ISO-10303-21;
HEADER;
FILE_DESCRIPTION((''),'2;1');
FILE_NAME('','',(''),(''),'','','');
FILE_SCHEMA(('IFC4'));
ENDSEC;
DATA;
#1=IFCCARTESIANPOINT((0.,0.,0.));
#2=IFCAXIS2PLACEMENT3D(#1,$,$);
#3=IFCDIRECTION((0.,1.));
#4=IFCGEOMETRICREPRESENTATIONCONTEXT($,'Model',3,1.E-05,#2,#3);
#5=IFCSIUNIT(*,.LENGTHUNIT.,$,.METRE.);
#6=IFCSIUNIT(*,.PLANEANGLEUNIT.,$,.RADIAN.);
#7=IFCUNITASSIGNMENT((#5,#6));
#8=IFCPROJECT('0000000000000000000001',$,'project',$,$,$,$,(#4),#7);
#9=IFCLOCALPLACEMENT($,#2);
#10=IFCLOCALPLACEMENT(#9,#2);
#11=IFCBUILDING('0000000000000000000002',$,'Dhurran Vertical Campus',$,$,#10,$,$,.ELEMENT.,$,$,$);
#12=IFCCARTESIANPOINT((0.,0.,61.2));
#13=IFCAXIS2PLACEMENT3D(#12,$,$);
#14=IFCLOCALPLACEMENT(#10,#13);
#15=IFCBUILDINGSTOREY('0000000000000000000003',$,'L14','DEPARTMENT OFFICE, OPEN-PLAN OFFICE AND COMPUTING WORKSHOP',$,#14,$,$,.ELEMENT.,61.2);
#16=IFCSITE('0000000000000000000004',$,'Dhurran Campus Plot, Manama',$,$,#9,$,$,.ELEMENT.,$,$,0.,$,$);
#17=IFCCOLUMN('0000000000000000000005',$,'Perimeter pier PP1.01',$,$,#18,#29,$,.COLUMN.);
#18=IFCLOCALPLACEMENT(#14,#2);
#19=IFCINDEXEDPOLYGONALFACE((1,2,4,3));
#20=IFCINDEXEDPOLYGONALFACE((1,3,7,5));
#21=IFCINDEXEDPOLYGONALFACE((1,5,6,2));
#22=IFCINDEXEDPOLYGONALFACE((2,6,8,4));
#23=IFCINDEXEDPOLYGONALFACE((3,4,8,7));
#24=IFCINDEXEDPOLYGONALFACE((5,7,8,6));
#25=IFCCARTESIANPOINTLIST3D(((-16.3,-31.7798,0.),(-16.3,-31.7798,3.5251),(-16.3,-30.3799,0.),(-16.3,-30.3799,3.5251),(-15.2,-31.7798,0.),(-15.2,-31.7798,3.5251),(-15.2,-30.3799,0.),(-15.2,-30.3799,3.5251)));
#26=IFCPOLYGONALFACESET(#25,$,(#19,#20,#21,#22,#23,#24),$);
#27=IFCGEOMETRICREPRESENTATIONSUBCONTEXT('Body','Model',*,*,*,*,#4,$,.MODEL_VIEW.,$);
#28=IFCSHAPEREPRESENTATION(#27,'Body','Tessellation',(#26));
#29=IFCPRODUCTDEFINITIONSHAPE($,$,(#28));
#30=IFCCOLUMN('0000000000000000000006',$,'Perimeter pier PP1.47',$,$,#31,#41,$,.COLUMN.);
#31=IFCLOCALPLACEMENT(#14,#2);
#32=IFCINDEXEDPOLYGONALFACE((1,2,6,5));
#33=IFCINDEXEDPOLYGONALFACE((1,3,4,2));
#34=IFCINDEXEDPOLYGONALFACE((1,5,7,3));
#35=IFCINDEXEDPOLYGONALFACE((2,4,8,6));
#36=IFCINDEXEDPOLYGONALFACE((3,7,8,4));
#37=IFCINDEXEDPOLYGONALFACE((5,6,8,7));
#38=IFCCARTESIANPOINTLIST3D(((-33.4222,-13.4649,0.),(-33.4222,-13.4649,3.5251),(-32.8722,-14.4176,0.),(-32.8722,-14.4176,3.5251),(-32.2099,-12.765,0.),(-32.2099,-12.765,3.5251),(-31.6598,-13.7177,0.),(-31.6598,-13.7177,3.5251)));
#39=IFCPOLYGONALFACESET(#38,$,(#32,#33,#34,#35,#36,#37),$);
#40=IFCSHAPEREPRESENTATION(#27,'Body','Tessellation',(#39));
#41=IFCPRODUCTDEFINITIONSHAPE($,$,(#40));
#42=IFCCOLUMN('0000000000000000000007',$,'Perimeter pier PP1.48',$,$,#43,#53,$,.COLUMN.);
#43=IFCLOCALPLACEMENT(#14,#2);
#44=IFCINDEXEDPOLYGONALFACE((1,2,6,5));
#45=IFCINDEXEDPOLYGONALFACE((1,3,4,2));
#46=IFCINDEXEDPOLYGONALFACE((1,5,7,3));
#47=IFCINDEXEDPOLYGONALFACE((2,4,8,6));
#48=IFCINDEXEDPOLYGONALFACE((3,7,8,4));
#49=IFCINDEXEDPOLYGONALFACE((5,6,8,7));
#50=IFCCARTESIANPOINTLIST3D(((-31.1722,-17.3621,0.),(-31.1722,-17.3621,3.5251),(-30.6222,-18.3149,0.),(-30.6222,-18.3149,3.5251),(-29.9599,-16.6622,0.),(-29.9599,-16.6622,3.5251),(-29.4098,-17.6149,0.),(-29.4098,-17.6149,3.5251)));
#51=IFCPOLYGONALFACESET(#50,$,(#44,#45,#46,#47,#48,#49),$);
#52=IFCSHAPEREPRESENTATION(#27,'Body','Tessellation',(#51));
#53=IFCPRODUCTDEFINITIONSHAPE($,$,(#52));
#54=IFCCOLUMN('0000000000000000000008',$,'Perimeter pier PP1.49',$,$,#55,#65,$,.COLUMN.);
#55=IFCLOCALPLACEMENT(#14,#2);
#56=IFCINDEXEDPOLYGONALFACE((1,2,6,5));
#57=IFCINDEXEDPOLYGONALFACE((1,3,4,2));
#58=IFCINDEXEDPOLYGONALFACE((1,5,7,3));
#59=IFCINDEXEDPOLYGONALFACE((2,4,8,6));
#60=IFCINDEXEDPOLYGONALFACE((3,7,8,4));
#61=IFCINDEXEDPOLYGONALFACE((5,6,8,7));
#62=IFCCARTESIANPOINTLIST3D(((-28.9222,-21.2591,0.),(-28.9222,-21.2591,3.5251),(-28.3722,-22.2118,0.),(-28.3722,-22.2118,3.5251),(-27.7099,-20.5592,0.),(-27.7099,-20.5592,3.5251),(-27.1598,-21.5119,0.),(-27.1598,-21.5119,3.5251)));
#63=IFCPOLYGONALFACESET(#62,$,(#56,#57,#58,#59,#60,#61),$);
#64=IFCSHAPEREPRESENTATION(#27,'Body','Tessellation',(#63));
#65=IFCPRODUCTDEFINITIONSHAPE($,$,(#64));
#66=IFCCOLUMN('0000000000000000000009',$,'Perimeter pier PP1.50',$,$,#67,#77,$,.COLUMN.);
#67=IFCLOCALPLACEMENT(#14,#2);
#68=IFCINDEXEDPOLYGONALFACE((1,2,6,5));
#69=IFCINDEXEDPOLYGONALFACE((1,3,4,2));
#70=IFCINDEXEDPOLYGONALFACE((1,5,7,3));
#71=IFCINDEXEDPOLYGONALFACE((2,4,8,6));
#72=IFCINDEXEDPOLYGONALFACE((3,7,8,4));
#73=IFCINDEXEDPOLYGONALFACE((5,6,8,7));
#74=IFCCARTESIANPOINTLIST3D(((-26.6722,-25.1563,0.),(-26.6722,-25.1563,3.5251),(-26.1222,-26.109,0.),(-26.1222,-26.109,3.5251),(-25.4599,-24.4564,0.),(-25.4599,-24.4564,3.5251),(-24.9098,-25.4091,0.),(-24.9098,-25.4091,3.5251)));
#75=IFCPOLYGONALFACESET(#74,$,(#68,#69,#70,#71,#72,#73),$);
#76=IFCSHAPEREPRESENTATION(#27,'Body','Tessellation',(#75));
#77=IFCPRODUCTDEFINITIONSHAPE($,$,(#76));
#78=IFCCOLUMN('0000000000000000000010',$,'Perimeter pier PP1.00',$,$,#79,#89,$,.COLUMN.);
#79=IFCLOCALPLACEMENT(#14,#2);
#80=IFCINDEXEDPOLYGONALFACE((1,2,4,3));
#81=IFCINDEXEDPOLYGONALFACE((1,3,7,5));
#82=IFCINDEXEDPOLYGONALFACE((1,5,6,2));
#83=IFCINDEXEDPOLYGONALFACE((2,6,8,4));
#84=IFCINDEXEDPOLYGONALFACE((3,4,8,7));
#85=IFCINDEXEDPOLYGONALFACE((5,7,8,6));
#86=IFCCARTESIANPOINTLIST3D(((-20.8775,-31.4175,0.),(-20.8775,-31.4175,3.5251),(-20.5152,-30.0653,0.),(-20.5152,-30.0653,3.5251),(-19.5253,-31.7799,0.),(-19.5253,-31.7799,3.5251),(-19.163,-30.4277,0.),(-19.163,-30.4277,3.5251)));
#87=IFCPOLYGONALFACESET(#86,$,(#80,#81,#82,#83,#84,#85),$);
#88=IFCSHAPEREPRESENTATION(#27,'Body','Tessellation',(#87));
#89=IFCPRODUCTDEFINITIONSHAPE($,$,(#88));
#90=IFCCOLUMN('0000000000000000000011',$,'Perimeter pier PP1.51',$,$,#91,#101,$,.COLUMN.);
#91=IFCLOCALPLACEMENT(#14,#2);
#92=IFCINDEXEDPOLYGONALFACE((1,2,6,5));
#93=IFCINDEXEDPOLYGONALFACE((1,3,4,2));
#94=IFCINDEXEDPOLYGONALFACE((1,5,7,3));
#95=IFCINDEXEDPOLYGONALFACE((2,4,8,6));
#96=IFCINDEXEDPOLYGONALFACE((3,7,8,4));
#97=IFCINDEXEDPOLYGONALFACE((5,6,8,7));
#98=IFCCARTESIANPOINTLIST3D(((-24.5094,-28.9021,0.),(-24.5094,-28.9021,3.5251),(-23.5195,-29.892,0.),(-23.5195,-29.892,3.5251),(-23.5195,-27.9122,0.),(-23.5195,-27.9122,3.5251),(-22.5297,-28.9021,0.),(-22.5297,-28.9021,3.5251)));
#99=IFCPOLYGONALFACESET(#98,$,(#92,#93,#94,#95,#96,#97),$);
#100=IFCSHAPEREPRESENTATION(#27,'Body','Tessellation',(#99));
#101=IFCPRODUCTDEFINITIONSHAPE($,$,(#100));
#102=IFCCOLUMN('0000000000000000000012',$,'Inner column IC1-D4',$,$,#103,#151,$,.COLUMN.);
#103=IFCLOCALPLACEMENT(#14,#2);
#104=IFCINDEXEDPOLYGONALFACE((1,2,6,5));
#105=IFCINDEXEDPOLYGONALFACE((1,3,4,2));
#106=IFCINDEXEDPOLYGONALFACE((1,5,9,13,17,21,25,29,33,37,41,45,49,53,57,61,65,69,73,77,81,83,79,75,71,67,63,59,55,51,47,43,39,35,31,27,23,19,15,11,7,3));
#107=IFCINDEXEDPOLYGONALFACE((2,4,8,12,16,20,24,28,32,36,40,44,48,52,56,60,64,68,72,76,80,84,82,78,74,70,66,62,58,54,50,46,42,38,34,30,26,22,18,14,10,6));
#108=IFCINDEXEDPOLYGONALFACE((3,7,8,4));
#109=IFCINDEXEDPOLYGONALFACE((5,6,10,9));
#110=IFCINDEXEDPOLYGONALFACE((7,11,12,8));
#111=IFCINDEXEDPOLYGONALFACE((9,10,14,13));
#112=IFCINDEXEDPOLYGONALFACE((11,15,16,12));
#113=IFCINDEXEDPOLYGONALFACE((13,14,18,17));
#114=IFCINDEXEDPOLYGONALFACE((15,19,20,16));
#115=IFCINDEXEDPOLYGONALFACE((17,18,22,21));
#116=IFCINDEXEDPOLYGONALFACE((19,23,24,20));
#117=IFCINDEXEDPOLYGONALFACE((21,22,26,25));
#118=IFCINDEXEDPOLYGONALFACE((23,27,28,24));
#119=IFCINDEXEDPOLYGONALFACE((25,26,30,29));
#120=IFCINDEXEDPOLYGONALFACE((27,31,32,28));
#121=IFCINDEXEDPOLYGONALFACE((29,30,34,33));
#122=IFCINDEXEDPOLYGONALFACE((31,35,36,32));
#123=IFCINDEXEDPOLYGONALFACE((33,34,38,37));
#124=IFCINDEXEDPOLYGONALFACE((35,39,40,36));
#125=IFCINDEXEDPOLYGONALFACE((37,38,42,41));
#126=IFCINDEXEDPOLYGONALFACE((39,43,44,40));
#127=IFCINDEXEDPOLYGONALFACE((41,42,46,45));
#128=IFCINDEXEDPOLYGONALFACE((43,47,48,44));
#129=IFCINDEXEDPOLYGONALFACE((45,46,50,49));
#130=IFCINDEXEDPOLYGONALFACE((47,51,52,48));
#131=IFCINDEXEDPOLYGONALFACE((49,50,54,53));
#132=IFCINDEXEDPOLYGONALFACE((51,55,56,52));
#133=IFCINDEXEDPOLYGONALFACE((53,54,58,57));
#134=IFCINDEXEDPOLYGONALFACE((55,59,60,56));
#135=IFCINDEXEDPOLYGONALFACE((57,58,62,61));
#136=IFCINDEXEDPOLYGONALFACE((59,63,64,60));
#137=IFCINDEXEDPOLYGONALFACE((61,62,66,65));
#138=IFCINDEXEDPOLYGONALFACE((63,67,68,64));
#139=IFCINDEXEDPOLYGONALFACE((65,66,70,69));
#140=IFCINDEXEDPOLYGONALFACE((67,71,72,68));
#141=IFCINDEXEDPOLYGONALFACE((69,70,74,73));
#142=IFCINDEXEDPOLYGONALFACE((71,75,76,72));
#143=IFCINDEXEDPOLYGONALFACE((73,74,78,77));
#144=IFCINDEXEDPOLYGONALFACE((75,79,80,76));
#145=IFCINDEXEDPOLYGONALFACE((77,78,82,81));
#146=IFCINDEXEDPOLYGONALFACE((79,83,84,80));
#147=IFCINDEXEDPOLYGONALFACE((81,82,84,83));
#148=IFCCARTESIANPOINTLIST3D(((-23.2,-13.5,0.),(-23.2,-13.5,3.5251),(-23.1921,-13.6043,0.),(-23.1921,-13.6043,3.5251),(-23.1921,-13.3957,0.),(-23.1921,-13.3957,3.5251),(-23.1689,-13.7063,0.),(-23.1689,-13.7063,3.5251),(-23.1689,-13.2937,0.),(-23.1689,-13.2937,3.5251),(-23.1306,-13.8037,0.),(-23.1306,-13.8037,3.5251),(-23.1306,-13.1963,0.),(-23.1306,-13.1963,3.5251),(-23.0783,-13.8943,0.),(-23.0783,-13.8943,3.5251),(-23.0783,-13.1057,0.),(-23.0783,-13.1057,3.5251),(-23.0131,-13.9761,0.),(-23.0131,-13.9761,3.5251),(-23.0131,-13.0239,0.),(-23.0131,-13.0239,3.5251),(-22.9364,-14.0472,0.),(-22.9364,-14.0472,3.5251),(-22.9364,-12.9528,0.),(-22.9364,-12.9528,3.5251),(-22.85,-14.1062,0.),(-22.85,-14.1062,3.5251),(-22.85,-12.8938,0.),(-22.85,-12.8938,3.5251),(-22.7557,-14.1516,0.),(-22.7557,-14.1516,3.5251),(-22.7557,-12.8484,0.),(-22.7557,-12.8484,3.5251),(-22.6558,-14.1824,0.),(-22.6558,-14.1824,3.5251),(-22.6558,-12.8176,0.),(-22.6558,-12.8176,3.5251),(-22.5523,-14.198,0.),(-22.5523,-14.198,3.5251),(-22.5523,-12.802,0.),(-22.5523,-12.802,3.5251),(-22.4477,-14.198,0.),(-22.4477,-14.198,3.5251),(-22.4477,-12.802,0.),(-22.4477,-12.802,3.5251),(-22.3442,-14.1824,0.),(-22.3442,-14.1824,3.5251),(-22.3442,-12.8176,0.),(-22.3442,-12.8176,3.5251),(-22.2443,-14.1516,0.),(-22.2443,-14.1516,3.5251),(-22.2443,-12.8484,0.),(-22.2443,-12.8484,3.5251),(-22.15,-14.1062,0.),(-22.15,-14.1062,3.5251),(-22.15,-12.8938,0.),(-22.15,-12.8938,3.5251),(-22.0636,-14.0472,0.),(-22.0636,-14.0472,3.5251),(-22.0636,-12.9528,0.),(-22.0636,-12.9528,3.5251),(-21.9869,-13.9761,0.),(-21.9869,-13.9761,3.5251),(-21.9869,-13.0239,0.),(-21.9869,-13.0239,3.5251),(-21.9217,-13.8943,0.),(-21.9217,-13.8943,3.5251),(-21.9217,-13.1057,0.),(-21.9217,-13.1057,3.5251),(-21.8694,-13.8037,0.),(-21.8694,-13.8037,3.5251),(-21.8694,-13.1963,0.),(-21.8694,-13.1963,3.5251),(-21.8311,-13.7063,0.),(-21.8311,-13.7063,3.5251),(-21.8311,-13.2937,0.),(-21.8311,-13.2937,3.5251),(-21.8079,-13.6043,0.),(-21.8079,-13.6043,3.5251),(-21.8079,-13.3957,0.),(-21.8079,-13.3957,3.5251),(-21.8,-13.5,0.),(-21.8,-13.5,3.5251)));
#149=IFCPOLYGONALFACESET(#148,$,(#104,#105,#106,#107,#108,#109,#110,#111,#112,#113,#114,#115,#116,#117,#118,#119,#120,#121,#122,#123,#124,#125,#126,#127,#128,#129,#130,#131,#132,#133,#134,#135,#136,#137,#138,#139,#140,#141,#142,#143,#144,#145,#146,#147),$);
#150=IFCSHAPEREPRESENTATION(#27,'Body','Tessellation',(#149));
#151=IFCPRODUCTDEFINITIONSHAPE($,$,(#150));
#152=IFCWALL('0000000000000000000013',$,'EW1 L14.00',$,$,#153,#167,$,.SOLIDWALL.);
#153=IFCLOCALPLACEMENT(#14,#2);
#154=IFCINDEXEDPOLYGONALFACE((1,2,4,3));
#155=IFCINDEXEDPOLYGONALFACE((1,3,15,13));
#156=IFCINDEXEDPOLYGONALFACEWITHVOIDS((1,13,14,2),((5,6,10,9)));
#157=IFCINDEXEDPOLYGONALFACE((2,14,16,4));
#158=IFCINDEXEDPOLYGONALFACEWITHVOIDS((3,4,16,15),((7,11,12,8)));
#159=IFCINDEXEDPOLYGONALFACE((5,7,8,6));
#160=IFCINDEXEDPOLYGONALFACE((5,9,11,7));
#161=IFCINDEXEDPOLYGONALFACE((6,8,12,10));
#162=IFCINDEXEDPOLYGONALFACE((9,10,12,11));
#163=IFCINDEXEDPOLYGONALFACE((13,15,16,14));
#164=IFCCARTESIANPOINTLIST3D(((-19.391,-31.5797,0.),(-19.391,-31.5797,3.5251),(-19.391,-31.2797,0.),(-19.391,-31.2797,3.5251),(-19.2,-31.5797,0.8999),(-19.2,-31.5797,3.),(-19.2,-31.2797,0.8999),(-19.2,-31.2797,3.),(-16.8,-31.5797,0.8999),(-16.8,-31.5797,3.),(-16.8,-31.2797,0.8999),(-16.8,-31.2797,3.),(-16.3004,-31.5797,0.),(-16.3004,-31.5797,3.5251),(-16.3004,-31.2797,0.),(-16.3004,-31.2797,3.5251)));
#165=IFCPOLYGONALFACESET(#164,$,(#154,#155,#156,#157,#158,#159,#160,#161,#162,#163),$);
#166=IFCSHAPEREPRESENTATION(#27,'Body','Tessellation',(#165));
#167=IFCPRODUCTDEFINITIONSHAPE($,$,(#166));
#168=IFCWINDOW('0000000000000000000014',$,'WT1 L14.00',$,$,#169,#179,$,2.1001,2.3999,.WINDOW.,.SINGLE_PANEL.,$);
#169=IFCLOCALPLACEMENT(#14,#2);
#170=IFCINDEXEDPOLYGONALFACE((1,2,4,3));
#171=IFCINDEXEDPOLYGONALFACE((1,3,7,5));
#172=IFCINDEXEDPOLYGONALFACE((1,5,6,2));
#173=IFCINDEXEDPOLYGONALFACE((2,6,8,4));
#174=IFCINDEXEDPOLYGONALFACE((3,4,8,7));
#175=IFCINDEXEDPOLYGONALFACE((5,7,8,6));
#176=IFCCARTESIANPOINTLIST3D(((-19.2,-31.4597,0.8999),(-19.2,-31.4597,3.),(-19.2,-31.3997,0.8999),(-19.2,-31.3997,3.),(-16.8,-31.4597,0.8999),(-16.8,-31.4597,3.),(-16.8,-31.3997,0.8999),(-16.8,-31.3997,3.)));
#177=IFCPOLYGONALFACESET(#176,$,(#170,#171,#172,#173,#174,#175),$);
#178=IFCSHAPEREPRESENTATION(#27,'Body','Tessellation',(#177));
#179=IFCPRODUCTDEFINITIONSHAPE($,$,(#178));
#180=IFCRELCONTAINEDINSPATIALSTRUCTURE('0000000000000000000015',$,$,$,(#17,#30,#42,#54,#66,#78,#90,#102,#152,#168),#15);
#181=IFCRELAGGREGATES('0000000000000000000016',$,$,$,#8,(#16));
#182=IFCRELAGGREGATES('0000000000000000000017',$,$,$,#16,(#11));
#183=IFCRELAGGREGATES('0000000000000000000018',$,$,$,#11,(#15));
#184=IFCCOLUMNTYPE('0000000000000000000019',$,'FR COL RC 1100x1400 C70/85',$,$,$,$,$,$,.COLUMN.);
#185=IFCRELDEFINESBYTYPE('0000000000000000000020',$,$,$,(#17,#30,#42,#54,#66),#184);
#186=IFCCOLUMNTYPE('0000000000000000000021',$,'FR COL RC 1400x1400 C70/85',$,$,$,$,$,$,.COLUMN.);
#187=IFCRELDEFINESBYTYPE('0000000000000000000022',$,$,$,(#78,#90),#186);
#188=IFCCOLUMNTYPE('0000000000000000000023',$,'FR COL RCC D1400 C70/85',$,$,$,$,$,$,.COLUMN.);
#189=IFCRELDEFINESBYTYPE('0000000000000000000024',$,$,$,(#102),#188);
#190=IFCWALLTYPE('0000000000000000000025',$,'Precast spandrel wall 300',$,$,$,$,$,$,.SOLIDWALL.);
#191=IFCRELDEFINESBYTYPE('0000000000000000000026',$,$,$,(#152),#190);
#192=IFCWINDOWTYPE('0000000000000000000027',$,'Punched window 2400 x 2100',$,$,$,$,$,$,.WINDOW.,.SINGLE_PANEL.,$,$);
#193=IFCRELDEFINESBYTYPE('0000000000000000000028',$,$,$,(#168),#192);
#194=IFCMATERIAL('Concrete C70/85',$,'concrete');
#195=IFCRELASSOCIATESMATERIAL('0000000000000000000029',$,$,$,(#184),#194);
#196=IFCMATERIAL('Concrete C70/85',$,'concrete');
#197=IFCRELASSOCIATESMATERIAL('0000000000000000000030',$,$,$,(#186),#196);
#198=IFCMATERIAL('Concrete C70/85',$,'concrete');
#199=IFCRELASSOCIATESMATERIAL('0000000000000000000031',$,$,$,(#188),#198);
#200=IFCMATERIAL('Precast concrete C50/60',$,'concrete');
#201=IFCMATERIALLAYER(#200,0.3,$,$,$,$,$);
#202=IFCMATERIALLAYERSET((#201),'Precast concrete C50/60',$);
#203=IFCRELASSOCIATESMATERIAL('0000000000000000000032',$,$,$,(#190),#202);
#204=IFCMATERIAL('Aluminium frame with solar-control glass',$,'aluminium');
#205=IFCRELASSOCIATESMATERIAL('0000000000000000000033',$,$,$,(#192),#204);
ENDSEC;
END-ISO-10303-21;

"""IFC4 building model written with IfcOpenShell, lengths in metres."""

from ifc_helpers import new_model, si_unit, direction, frame, frame_2d, origin, origin_2d, place, context, subcontext, project, spatial, rectangle, circle, extrude, material, layer, layer_set, material_profile, profile_set, type_object, element, fill, save


model = new_model("IFC4")

# Units and contexts
model_context = context("Model", 3, precision=1e-05, world=origin(), true_north=direction((0.0, 1.0)))
body_context = subcontext(model_context, "Body", "Model", "MODEL_VIEW")
ifc_project = project(units=[si_unit("LENGTHUNIT", "METRE"), si_unit("PLANEANGLEUNIT", "RADIAN")], contexts=[model_context])

# Site, building, storey
site_placement = place(None, origin())
site = spatial("IfcSite", under=ifc_project, at=site_placement, Name="Dhurran Campus Plot, Manama", CompositionType="ELEMENT", RefElevation=0.0)
building_placement = place(site_placement, origin())
building = spatial("IfcBuilding", under=site, at=building_placement, Name="Dhurran Vertical Campus", CompositionType="ELEMENT")
storey_placement = place(building_placement, frame((0.0, 0.0, 61.2)))
storey = spatial("IfcBuildingStorey", under=building, at=storey_placement, Name="L14", Description="DEPARTMENT OFFICE, OPEN-PLAN OFFICE AND COMPUTING WORKSHOP", CompositionType="ELEMENT", Elevation=61.2)

# Columns
ifc_material_1 = material(Name="Concrete C70/85", Category="concrete")
ifc_material_profile_1 = material_profile(ifc_material_1, rectangle(XDim=1.1001, YDim=1.3999, at=origin_2d()), Name="RC 1100x1400")
ifc_profile_set_1 = profile_set([ifc_material_profile_1], Name="Concrete C70/85")
column_type_1 = type_object("IfcColumnType", Name="FR COL RC 1100x1400 C70/85", PredefinedType="COLUMN", material=ifc_profile_set_1)
for number, where, z_axis, x_axis, name in (
    (1, (-15.75, -31.0798, 0.0), (0.0, 0.0, 1.0), (1.0, 0.0, 0.0), "Perimeter pier PP1.01"),
    (2, (-32.541, -13.5913, 0.0), (0.0, 0.0, 1.0), (0.5, -0.866025, 0.0), "Perimeter pier PP1.47"),
    (3, (-30.291, -17.4885, 0.0), (0.0, 0.0, 1.0), (0.5, -0.866025, 0.0), "Perimeter pier PP1.48"),
    (4, (-28.041, -21.3855, 0.0), (0.0, 0.0, 1.0), (0.5, -0.866025, 0.0), "Perimeter pier PP1.49"),
    (5, (-25.791, -25.2827, 0.0), (0.0, 0.0, 1.0), (0.5, -0.866025, 0.0), "Perimeter pier PP1.50"),
):
    element("IfcColumn", number, at=place(storey_placement, frame(where, z_axis=z_axis, x_axis=x_axis)), inside=storey, type_object=column_type_1, Name=name, PredefinedType="COLUMN", context=body_context, shape_type="SweptSolid", body=[
        extrude(rectangle(XDim=1.1001, YDim=1.3999, at=origin_2d()), origin(), (0.0, 0.0, 1.0), 3.5251),
    ])
ifc_material_2 = material(Name="Concrete C70/85", Category="concrete")
ifc_material_profile_2 = material_profile(ifc_material_2, rectangle(XDim=1.3999, YDim=1.3999, at=origin_2d()), Name="RC 1400x1400")
ifc_profile_set_2 = profile_set([ifc_material_profile_2], Name="Concrete C70/85")
column_type_2 = type_object("IfcColumnType", Name="FR COL RC 1400x1400 C70/85", PredefinedType="COLUMN", material=ifc_profile_set_2)
for number, where, z_axis, x_axis, name in (
    (6, (-20.0203, -30.9226, 0.0), (0.0, 0.0, 1.0), (0.965926, -0.258819, 0.0), "Perimeter pier PP1.00"),
    (7, (-23.5195, -28.9021, 0.0), (0.0, 0.0, 1.0), (0.707107, -0.707107, 0.0), "Perimeter pier PP1.51"),
):
    element("IfcColumn", number, at=place(storey_placement, frame(where, z_axis=z_axis, x_axis=x_axis)), inside=storey, type_object=column_type_2, Name=name, PredefinedType="COLUMN", context=body_context, shape_type="SweptSolid", body=[
        extrude(rectangle(XDim=1.3999, YDim=1.3999, at=origin_2d()), origin(), (0.0, 0.0, 1.0), 3.5251),
    ])
ifc_material_3 = material(Name="Concrete C70/85", Category="concrete")
ifc_material_profile_3 = material_profile(ifc_material_3, circle(Radius=0.7, at=origin_2d()), Name="RCC D1400")
ifc_profile_set_3 = profile_set([ifc_material_profile_3], Name="Concrete C70/85")
column_type_3 = type_object("IfcColumnType", Name="FR COL RCC D1400 C70/85", PredefinedType="COLUMN", material=ifc_profile_set_3)
column_placement = place(storey_placement, frame((-22.5, -13.5, 0.0), z_axis=(0.0, 0.0, 1.0), x_axis=(1.0, 0.0, 0.0)))
element("IfcColumn", 8, at=column_placement, inside=storey, type_object=column_type_3, Name="Inner column IC1-D4", PredefinedType="COLUMN", context=body_context, shape_type="SweptSolid", body=[
    extrude(circle(Radius=0.7, at=origin_2d()), origin(), (0.0, 0.0, 1.0), 3.5251),
])

# Wall, opening, window
ifc_material_4 = material(Name="Precast concrete C50/60", Category="concrete")
ifc_layer_1 = layer(ifc_material_4, 0.3)
ifc_layer_set_1 = layer_set([ifc_layer_1], Name="Precast concrete C50/60")
wall_type_1 = type_object("IfcWallType", Name="Precast spandrel wall 300", PredefinedType="SOLIDWALL", material=ifc_layer_set_1)
wall_1_placement = place(storey_placement, frame((-19.3911, -31.4297, 0.0), z_axis=(0.0, 0.0, 1.0), x_axis=(1.0, 0.0, 0.0)))
wall_1 = element("IfcWall", 9, at=wall_1_placement, inside=storey, type_object=wall_type_1, Name="EW1 L14.00", PredefinedType="SOLIDWALL", context=body_context, shape_type="SweptSolid", body=[
    extrude(rectangle(XDim=3.0906, YDim=0.3, at=frame_2d((1.5454, 0.0))), origin(), (0.0, 0.0, 1.0), 3.5251),
])
opening_1_placement = place(wall_1_placement, frame((0.1912, 0.0, 0.8999)))
opening_1 = element("IfcOpeningElement", 10, at=opening_1_placement, cuts=wall_1, PredefinedType="OPENING", context=body_context, shape_type="SweptSolid", body=[
    extrude(rectangle(XDim=2.3999, YDim=2.1001, at=frame_2d((1.2, 1.05))), frame((0.0, 0.1599, 0.0), z_axis=(0.0, -1.0, 0.0), x_axis=(1.0, 0.0, 0.0)), (0.0, 0.0, 1.0), 0.3201),
])
ifc_material_5 = material(Name="Aluminium frame with solar-control glass", Category="aluminium")
window_type = type_object("IfcWindowType", Name="Punched window 2400 x 2100", PartitioningType="SINGLE_PANEL", PredefinedType="WINDOW", material=ifc_material_5)
window_1_placement = place(opening_1_placement, origin())
window_1 = element("IfcWindow", 11, at=window_1_placement, inside=storey, type_object=window_type, Name="WT1 L14.00", OverallHeight=2.1001, OverallWidth=2.3999, PartitioningType="SINGLE_PANEL", PredefinedType="WINDOW", context=body_context, shape_type="SweptSolid", body=[
    extrude(rectangle(XDim=2.3999, YDim=2.1001, at=frame_2d((1.2, 1.05))), frame((0.0, 0.03, 0.0), z_axis=(0.0, -1.0, 0.0), x_axis=(1.0, 0.0, 0.0)), (0.0, 0.0, 1.0), 0.0601),
])
fill(opening_1, window_1)

save(model, "model.ifc")
